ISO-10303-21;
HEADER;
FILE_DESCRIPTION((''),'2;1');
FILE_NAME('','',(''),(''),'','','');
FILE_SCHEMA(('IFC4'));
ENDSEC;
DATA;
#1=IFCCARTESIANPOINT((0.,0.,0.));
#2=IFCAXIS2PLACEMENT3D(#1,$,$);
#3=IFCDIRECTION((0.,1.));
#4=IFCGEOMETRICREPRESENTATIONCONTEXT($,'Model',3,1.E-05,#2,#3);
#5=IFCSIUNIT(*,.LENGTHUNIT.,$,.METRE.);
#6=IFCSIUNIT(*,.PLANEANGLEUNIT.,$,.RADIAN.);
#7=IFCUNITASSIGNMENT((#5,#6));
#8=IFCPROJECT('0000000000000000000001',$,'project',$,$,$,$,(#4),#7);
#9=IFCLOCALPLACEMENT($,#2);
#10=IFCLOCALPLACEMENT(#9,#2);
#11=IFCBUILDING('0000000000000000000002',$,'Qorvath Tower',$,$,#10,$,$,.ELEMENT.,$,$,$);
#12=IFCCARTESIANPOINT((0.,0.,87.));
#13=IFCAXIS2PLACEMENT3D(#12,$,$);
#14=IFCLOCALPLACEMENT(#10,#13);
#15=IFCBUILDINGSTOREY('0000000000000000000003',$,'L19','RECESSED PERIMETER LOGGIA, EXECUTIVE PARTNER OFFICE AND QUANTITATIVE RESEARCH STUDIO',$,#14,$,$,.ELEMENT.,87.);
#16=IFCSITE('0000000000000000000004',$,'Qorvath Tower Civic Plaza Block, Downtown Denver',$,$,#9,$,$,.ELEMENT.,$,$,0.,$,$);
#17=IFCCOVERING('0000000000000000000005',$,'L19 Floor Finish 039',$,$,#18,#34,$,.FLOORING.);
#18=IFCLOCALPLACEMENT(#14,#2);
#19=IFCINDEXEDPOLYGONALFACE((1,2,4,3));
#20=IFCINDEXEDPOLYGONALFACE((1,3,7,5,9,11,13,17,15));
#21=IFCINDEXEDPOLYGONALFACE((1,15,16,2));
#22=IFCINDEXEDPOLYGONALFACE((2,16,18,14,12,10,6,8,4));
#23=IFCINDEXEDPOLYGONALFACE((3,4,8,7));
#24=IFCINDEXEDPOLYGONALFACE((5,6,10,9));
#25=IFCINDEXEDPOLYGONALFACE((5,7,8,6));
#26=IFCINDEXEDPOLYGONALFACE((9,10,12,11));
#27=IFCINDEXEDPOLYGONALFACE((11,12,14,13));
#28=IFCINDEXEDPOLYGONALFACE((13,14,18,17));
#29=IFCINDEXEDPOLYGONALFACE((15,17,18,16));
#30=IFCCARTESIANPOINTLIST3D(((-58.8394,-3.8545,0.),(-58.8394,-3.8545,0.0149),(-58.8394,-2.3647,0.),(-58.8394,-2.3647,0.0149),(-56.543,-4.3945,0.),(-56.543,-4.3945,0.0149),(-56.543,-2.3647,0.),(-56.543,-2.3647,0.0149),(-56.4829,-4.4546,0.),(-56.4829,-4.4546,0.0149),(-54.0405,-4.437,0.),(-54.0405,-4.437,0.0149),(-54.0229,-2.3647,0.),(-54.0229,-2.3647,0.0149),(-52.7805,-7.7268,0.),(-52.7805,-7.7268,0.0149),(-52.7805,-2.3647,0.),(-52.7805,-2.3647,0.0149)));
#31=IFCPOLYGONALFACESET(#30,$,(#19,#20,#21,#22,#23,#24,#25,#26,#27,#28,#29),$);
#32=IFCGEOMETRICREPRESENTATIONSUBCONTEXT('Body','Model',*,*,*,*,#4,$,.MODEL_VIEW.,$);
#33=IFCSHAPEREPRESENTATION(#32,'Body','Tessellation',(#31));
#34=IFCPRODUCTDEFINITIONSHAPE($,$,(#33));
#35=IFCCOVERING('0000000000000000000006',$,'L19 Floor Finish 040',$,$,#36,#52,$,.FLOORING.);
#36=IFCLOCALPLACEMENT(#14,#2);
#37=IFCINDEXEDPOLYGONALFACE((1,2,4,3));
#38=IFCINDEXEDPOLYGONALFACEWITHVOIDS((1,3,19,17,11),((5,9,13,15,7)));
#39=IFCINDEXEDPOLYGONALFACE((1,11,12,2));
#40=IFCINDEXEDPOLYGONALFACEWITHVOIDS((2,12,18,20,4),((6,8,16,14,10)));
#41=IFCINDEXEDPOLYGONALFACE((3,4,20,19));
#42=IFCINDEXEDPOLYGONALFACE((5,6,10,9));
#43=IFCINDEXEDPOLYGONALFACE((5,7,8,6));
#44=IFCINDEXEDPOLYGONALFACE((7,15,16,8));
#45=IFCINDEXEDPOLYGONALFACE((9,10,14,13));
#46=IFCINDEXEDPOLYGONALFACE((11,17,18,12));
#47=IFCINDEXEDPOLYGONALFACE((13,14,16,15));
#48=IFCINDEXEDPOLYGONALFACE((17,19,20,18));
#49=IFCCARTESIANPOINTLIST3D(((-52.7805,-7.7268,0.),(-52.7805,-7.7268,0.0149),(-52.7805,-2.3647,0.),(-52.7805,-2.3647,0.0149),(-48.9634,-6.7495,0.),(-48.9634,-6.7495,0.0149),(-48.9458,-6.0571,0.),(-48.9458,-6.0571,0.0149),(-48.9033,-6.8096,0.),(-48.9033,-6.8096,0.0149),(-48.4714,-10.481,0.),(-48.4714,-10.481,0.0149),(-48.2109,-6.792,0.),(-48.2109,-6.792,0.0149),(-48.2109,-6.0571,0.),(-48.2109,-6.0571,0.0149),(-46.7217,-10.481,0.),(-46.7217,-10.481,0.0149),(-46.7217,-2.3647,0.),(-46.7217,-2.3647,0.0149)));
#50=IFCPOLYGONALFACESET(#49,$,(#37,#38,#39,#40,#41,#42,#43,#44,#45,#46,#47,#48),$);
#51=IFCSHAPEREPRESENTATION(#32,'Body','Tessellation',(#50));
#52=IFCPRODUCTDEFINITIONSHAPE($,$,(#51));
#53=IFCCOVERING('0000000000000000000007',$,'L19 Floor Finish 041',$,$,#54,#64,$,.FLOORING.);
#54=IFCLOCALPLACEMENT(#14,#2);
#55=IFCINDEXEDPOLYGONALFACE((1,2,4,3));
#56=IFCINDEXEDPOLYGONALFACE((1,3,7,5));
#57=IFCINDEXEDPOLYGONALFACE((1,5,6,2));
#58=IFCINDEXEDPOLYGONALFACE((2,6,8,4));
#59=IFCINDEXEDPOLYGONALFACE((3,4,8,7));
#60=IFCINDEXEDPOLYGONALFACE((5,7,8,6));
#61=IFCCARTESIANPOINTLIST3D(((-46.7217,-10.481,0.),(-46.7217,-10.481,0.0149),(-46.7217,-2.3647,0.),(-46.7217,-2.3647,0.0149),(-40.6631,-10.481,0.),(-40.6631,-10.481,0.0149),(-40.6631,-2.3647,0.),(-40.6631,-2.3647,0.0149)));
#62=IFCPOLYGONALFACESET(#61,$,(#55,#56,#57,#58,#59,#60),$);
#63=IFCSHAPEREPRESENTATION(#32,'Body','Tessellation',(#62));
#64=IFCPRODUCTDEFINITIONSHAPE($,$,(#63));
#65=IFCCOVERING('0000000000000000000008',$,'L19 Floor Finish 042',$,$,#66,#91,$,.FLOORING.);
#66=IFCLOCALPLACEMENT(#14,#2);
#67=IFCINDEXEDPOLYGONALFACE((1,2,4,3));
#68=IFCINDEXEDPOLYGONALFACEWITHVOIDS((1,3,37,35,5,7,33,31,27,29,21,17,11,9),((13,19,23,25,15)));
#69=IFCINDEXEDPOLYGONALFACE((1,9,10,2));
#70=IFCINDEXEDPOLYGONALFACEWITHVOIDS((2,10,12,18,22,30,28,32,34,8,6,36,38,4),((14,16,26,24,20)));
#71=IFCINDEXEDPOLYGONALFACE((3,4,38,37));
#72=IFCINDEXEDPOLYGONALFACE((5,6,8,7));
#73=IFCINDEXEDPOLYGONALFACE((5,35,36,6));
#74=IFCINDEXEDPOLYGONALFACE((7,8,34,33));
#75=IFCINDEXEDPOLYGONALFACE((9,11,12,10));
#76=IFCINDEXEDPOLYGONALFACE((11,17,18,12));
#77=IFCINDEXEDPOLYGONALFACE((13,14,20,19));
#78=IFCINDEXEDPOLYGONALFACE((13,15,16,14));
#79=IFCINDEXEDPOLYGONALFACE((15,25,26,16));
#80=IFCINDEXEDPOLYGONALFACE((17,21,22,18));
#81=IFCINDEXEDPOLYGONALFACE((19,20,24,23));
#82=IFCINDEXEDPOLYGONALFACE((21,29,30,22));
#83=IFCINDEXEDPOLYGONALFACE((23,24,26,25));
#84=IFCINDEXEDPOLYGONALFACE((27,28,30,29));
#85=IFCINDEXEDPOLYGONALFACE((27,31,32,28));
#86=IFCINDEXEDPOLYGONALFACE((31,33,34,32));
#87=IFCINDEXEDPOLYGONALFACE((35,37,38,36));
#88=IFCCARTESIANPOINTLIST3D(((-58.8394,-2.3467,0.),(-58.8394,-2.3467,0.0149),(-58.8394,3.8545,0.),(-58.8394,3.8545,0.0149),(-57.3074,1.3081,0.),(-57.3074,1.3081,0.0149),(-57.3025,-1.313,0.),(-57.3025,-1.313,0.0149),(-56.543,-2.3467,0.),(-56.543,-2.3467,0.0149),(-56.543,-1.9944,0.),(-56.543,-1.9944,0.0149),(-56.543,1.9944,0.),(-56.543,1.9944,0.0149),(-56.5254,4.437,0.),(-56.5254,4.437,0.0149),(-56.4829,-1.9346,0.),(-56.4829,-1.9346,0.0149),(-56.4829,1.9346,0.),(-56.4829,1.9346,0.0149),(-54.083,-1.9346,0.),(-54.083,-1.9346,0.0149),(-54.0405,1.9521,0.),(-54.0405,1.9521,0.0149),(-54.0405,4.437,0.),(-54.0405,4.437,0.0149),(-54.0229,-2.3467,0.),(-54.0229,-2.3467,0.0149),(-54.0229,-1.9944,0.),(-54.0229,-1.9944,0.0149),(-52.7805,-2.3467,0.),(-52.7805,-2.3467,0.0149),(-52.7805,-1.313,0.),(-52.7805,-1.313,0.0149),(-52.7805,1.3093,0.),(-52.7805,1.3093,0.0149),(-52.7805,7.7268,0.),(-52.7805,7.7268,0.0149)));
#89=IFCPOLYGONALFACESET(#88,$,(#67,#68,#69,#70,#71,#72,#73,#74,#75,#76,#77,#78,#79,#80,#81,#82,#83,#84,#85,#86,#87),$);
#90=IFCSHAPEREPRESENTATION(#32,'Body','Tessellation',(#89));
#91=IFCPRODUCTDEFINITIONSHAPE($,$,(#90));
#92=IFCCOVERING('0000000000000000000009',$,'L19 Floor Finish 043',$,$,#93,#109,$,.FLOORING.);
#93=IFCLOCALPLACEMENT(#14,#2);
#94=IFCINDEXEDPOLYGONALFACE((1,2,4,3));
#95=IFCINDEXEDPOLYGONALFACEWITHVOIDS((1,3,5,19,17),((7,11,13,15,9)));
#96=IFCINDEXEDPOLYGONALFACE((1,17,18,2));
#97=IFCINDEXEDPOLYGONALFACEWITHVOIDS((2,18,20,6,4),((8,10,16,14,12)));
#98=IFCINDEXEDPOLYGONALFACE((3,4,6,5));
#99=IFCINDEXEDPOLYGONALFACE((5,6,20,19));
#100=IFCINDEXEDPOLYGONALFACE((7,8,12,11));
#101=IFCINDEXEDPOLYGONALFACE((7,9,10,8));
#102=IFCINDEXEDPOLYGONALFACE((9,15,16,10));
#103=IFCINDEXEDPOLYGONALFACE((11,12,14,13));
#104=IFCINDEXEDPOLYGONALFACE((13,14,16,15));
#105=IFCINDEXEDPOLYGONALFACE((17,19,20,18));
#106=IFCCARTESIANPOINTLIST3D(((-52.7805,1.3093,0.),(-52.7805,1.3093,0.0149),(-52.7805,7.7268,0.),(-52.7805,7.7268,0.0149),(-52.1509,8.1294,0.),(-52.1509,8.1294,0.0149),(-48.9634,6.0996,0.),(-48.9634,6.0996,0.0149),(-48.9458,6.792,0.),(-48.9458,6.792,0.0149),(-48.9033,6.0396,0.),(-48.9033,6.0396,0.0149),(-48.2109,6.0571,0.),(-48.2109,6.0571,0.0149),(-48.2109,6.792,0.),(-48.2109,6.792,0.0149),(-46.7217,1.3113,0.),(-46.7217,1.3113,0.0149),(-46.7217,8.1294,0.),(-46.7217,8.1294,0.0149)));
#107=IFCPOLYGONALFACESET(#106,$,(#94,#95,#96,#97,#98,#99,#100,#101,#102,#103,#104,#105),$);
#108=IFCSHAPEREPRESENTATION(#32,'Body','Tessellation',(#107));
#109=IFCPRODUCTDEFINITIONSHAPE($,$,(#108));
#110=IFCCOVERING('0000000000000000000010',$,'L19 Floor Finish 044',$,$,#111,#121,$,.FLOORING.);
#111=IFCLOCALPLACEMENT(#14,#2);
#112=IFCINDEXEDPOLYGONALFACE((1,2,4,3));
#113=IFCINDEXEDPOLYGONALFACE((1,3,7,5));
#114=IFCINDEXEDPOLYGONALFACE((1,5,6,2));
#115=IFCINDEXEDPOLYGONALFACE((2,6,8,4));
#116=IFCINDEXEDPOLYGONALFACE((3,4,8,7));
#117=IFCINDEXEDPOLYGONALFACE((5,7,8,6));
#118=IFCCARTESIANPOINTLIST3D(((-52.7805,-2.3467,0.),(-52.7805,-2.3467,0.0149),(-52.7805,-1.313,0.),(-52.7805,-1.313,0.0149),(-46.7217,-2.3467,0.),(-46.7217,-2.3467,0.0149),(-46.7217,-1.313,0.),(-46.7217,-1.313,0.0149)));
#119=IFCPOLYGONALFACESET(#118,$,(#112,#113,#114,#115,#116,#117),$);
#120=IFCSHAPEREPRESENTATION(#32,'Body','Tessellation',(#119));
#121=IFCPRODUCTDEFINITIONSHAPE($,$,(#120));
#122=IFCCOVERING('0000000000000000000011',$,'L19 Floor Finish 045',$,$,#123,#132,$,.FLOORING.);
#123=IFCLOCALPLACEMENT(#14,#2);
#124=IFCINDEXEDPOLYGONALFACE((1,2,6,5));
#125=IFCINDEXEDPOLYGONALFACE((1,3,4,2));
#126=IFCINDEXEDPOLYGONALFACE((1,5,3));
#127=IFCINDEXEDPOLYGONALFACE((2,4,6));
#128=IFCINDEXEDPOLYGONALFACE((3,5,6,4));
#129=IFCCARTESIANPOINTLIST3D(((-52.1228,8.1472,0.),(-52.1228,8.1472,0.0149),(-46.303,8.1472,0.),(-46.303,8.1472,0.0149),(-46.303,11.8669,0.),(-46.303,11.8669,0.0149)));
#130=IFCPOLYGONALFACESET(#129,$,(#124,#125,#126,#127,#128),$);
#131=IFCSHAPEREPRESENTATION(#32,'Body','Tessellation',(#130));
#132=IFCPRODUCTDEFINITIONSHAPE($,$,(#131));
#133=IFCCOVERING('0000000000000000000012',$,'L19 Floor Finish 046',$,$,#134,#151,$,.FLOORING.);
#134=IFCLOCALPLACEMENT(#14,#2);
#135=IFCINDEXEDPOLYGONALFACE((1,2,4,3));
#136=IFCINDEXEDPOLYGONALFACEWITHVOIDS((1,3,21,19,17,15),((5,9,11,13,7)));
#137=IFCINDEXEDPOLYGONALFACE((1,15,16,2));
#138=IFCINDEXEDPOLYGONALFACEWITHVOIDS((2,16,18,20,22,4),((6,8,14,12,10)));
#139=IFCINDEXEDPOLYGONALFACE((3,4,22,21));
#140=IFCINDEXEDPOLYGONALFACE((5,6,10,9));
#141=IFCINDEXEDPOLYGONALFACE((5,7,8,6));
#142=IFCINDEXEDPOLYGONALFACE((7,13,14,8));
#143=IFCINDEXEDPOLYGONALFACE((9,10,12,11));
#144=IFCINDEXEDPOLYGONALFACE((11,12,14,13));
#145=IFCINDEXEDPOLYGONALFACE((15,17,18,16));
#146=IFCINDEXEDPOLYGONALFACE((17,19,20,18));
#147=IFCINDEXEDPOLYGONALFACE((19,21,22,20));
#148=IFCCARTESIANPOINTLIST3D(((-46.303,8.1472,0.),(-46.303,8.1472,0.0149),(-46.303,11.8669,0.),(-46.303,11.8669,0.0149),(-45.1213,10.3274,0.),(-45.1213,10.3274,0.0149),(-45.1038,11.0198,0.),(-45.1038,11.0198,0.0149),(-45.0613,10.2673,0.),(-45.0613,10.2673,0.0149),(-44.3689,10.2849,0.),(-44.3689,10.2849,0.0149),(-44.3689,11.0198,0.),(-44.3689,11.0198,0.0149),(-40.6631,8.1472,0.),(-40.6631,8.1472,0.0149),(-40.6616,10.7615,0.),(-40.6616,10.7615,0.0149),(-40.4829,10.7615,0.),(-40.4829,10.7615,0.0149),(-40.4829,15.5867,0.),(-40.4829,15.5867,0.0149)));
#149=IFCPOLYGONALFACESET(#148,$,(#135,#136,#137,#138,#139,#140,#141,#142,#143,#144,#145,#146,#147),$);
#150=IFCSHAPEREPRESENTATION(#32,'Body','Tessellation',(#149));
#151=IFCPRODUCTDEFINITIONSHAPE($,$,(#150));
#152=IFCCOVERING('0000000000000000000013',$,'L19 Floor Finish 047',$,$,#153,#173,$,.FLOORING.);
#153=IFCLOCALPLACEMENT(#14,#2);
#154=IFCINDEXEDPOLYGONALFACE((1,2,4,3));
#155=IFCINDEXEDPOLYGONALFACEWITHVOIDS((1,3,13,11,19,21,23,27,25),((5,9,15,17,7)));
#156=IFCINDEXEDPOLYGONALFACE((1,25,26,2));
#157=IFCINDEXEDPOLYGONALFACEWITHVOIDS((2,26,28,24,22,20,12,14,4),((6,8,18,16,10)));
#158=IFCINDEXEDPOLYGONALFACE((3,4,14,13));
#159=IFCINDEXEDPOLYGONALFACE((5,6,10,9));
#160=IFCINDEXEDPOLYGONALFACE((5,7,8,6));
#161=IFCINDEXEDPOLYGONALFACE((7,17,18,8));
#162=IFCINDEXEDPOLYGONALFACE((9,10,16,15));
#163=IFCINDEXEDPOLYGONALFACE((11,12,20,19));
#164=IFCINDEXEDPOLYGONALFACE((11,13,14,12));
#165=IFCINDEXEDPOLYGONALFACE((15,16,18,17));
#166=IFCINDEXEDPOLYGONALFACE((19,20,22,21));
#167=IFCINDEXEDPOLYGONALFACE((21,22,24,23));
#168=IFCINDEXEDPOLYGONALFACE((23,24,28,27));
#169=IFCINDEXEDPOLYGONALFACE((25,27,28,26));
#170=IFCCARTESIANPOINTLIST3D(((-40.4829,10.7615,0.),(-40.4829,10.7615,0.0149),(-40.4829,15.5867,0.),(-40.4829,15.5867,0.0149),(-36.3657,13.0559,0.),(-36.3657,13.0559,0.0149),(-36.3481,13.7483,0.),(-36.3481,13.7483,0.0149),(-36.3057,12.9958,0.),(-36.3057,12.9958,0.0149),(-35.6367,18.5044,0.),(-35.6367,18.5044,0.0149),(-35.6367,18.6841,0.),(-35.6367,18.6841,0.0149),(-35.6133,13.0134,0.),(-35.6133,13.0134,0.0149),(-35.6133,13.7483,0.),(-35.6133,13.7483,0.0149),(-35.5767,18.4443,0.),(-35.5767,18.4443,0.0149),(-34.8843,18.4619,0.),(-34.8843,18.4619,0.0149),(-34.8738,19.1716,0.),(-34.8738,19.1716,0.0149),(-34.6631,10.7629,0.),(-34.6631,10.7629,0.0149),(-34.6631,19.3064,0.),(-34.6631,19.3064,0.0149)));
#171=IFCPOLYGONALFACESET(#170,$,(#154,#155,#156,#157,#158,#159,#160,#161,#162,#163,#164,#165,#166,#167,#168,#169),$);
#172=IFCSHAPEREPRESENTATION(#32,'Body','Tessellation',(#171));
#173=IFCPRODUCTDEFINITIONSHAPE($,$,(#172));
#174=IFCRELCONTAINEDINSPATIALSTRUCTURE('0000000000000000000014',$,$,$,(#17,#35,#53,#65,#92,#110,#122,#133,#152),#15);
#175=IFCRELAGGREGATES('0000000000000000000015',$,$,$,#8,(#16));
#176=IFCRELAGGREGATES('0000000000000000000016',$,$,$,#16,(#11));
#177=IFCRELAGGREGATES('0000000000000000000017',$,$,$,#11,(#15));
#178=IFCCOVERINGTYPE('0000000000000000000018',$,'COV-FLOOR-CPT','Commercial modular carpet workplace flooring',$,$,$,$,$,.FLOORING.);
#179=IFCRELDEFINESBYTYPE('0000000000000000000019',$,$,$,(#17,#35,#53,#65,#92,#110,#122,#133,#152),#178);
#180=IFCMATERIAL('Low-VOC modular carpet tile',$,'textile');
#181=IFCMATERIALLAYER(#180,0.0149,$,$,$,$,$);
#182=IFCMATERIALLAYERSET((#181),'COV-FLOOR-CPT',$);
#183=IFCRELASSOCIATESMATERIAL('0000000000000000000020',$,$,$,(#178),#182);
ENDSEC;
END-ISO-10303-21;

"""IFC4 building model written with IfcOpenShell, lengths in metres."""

from ifc_helpers import new_model, si_unit, direction, frame, origin, place, context, subcontext, project, spatial, polyline, outline, extrude, material, layer, layer_set, type_object, element, save


model = new_model("IFC4")

# Units and contexts
model_context = context("Model", 3, precision=1e-05, world=origin(), true_north=direction((0.0, 1.0)))
body_context = subcontext(model_context, "Body", "Model", "MODEL_VIEW")
ifc_project = project(units=[si_unit("LENGTHUNIT", "METRE"), si_unit("PLANEANGLEUNIT", "RADIAN")], contexts=[model_context])

# Site, building, storey
site_placement = place(None, origin())
site = spatial("IfcSite", under=ifc_project, at=site_placement, Name="Qorvath Tower Civic Plaza Block, Downtown Denver", CompositionType="ELEMENT", RefElevation=0.0)
building_placement = place(site_placement, origin())
building = spatial("IfcBuilding", under=site, at=building_placement, Name="Qorvath Tower", CompositionType="ELEMENT")
storey_placement = place(building_placement, frame((0.0, 0.0, 87.0)))
storey = spatial("IfcBuildingStorey", under=building, at=storey_placement, Name="L19", Description="RECESSED PERIMETER LOGGIA, EXECUTIVE PARTNER OFFICE AND QUANTITATIVE RESEARCH STUDIO", CompositionType="ELEMENT", Elevation=87.0)

# Coverings
ifc_material_1 = material(Name="Low-VOC modular carpet tile", Category="textile")
ifc_layer_1 = layer(ifc_material_1, 0.0149)
ifc_layer_set_1 = layer_set([ifc_layer_1], Name="COV-FLOOR-CPT")
covering_type_1 = type_object("IfcCoveringType", Name="COV-FLOOR-CPT", Description="Commercial modular carpet workplace flooring", PredefinedType="FLOORING", material=ifc_layer_set_1)
covering_1_placement = place(storey_placement, origin())
element("IfcCovering", 1, at=covering_1_placement, inside=storey, type_object=covering_type_1, Name="L19 Floor Finish 039", PredefinedType="FLOORING", context=body_context, shape_type="SweptSolid", body=[
    extrude(outline(polyline([(-56.543, -2.3647), (-58.8394, -2.3647), (-58.8394, -3.8545), (-52.7805, -7.7268), (-52.7805, -2.3647), (-54.0229, -2.3647), (-54.0405, -4.437), (-56.4829, -4.4546), (-56.543, -4.3945), (-56.543, -2.3647)])), origin(), (0.0, 0.0, 1.0), 0.0149),
])
covering_2_placement = place(storey_placement, origin())
element("IfcCovering", 2, at=covering_2_placement, inside=storey, type_object=covering_type_1, Name="L19 Floor Finish 040", PredefinedType="FLOORING", context=body_context, shape_type="SweptSolid", body=[
    extrude(outline(polyline([(-52.7805, -2.3647), (-52.7805, -7.7268), (-48.4714, -10.481), (-46.7217, -10.481), (-46.7217, -2.3647), (-52.7805, -2.3647)]), holes=[polyline([(-48.9634, -6.7495), (-48.9458, -6.0571), (-48.2109, -6.0571), (-48.2109, -6.792), (-48.9033, -6.8096), (-48.9634, -6.7495)])]), origin(), (0.0, 0.0, 1.0), 0.0149),
])
covering_3_placement = place(storey_placement, origin())
element("IfcCovering", 3, at=covering_3_placement, inside=storey, type_object=covering_type_1, Name="L19 Floor Finish 041", PredefinedType="FLOORING", context=body_context, shape_type="SweptSolid", body=[
    extrude(outline(polyline([(-46.7217, -2.3647), (-46.7217, -10.481), (-40.6631, -10.481), (-40.6631, -2.3647), (-46.7217, -2.3647)])), origin(), (0.0, 0.0, 1.0), 0.0149),
])
covering_4_placement = place(storey_placement, origin())
element("IfcCovering", 4, at=covering_4_placement, inside=storey, type_object=covering_type_1, Name="L19 Floor Finish 042", PredefinedType="FLOORING", context=body_context, shape_type="SweptSolid", body=[
    extrude(outline(polyline([(-58.8394, 3.8545), (-58.8394, -2.3467), (-56.543, -2.3467), (-56.543, -1.9944), (-56.4829, -1.9346), (-54.083, -1.9346), (-54.0229, -1.9944), (-54.0229, -2.3467), (-52.7805, -2.3467), (-52.7805, -1.313), (-57.3025, -1.313), (-57.3074, 1.3081), (-52.7805, 1.3093), (-52.7805, 7.7268), (-58.8394, 3.8545)]), holes=[polyline([(-56.543, 1.9944), (-56.5254, 4.437), (-54.0405, 4.437), (-54.0405, 1.9521), (-56.4829, 1.9346), (-56.543, 1.9944)])]), origin(), (0.0, 0.0, 1.0), 0.0149),
])
covering_5_placement = place(storey_placement, origin())
element("IfcCovering", 5, at=covering_5_placement, inside=storey, type_object=covering_type_1, Name="L19 Floor Finish 043", PredefinedType="FLOORING", context=body_context, shape_type="SweptSolid", body=[
    extrude(outline(polyline([(-52.7805, 7.7268), (-52.7805, 1.3093), (-46.7217, 1.3113), (-46.7217, 8.1294), (-52.1509, 8.1294), (-52.7805, 7.7268)]), holes=[polyline([(-48.9634, 6.0996), (-48.9458, 6.792), (-48.2109, 6.792), (-48.2109, 6.0571), (-48.9033, 6.0396), (-48.9634, 6.0996)])]), origin(), (0.0, 0.0, 1.0), 0.0149),
])
covering_6_placement = place(storey_placement, origin())
element("IfcCovering", 6, at=covering_6_placement, inside=storey, type_object=covering_type_1, Name="L19 Floor Finish 044", PredefinedType="FLOORING", context=body_context, shape_type="SweptSolid", body=[
    extrude(outline(polyline([(-52.7805, -1.313), (-52.7805, -2.3467), (-46.7217, -2.3467), (-46.7217, -1.313), (-52.7805, -1.313)])), origin(), (0.0, 0.0, 1.0), 0.0149),
])
covering_7_placement = place(storey_placement, origin())
element("IfcCovering", 7, at=covering_7_placement, inside=storey, type_object=covering_type_1, Name="L19 Floor Finish 045", PredefinedType="FLOORING", context=body_context, shape_type="SweptSolid", body=[
    extrude(outline(polyline([(-46.303, 8.1472), (-46.303, 11.8669), (-52.1228, 8.1472), (-46.303, 8.1472)])), origin(), (0.0, 0.0, 1.0), 0.0149),
])
covering_8_placement = place(storey_placement, origin())
element("IfcCovering", 8, at=covering_8_placement, inside=storey, type_object=covering_type_1, Name="L19 Floor Finish 046", PredefinedType="FLOORING", context=body_context, shape_type="SweptSolid", body=[
    extrude(outline(polyline([(-40.4829, 10.7615), (-40.4829, 15.5867), (-46.303, 11.8669), (-46.303, 8.1472), (-40.6631, 8.1472), (-40.6616, 10.7615), (-40.4829, 10.7615)]), holes=[polyline([(-45.1213, 10.3274), (-45.1038, 11.0198), (-44.3689, 11.0198), (-44.3689, 10.2849), (-45.0613, 10.2673), (-45.1213, 10.3274)])]), origin(), (0.0, 0.0, 1.0), 0.0149),
])
covering_9_placement = place(storey_placement, origin())
element("IfcCovering", 9, at=covering_9_placement, inside=storey, type_object=covering_type_1, Name="L19 Floor Finish 047", PredefinedType="FLOORING", context=body_context, shape_type="SweptSolid", body=[
    extrude(outline(polyline([(-34.6631, 10.7629), (-34.6631, 19.3064), (-34.8738, 19.1716), (-34.8843, 18.4619), (-35.5767, 18.4443), (-35.6367, 18.5044), (-35.6367, 18.6841), (-40.4829, 15.5867), (-40.4829, 10.7615), (-34.6631, 10.7629)]), holes=[polyline([(-36.3657, 13.0559), (-36.3481, 13.7483), (-35.6133, 13.7483), (-35.6133, 13.0134), (-36.3057, 12.9958), (-36.3657, 13.0559)])]), origin(), (0.0, 0.0, 1.0), 0.0149),
])

save(model, "model.ifc")
